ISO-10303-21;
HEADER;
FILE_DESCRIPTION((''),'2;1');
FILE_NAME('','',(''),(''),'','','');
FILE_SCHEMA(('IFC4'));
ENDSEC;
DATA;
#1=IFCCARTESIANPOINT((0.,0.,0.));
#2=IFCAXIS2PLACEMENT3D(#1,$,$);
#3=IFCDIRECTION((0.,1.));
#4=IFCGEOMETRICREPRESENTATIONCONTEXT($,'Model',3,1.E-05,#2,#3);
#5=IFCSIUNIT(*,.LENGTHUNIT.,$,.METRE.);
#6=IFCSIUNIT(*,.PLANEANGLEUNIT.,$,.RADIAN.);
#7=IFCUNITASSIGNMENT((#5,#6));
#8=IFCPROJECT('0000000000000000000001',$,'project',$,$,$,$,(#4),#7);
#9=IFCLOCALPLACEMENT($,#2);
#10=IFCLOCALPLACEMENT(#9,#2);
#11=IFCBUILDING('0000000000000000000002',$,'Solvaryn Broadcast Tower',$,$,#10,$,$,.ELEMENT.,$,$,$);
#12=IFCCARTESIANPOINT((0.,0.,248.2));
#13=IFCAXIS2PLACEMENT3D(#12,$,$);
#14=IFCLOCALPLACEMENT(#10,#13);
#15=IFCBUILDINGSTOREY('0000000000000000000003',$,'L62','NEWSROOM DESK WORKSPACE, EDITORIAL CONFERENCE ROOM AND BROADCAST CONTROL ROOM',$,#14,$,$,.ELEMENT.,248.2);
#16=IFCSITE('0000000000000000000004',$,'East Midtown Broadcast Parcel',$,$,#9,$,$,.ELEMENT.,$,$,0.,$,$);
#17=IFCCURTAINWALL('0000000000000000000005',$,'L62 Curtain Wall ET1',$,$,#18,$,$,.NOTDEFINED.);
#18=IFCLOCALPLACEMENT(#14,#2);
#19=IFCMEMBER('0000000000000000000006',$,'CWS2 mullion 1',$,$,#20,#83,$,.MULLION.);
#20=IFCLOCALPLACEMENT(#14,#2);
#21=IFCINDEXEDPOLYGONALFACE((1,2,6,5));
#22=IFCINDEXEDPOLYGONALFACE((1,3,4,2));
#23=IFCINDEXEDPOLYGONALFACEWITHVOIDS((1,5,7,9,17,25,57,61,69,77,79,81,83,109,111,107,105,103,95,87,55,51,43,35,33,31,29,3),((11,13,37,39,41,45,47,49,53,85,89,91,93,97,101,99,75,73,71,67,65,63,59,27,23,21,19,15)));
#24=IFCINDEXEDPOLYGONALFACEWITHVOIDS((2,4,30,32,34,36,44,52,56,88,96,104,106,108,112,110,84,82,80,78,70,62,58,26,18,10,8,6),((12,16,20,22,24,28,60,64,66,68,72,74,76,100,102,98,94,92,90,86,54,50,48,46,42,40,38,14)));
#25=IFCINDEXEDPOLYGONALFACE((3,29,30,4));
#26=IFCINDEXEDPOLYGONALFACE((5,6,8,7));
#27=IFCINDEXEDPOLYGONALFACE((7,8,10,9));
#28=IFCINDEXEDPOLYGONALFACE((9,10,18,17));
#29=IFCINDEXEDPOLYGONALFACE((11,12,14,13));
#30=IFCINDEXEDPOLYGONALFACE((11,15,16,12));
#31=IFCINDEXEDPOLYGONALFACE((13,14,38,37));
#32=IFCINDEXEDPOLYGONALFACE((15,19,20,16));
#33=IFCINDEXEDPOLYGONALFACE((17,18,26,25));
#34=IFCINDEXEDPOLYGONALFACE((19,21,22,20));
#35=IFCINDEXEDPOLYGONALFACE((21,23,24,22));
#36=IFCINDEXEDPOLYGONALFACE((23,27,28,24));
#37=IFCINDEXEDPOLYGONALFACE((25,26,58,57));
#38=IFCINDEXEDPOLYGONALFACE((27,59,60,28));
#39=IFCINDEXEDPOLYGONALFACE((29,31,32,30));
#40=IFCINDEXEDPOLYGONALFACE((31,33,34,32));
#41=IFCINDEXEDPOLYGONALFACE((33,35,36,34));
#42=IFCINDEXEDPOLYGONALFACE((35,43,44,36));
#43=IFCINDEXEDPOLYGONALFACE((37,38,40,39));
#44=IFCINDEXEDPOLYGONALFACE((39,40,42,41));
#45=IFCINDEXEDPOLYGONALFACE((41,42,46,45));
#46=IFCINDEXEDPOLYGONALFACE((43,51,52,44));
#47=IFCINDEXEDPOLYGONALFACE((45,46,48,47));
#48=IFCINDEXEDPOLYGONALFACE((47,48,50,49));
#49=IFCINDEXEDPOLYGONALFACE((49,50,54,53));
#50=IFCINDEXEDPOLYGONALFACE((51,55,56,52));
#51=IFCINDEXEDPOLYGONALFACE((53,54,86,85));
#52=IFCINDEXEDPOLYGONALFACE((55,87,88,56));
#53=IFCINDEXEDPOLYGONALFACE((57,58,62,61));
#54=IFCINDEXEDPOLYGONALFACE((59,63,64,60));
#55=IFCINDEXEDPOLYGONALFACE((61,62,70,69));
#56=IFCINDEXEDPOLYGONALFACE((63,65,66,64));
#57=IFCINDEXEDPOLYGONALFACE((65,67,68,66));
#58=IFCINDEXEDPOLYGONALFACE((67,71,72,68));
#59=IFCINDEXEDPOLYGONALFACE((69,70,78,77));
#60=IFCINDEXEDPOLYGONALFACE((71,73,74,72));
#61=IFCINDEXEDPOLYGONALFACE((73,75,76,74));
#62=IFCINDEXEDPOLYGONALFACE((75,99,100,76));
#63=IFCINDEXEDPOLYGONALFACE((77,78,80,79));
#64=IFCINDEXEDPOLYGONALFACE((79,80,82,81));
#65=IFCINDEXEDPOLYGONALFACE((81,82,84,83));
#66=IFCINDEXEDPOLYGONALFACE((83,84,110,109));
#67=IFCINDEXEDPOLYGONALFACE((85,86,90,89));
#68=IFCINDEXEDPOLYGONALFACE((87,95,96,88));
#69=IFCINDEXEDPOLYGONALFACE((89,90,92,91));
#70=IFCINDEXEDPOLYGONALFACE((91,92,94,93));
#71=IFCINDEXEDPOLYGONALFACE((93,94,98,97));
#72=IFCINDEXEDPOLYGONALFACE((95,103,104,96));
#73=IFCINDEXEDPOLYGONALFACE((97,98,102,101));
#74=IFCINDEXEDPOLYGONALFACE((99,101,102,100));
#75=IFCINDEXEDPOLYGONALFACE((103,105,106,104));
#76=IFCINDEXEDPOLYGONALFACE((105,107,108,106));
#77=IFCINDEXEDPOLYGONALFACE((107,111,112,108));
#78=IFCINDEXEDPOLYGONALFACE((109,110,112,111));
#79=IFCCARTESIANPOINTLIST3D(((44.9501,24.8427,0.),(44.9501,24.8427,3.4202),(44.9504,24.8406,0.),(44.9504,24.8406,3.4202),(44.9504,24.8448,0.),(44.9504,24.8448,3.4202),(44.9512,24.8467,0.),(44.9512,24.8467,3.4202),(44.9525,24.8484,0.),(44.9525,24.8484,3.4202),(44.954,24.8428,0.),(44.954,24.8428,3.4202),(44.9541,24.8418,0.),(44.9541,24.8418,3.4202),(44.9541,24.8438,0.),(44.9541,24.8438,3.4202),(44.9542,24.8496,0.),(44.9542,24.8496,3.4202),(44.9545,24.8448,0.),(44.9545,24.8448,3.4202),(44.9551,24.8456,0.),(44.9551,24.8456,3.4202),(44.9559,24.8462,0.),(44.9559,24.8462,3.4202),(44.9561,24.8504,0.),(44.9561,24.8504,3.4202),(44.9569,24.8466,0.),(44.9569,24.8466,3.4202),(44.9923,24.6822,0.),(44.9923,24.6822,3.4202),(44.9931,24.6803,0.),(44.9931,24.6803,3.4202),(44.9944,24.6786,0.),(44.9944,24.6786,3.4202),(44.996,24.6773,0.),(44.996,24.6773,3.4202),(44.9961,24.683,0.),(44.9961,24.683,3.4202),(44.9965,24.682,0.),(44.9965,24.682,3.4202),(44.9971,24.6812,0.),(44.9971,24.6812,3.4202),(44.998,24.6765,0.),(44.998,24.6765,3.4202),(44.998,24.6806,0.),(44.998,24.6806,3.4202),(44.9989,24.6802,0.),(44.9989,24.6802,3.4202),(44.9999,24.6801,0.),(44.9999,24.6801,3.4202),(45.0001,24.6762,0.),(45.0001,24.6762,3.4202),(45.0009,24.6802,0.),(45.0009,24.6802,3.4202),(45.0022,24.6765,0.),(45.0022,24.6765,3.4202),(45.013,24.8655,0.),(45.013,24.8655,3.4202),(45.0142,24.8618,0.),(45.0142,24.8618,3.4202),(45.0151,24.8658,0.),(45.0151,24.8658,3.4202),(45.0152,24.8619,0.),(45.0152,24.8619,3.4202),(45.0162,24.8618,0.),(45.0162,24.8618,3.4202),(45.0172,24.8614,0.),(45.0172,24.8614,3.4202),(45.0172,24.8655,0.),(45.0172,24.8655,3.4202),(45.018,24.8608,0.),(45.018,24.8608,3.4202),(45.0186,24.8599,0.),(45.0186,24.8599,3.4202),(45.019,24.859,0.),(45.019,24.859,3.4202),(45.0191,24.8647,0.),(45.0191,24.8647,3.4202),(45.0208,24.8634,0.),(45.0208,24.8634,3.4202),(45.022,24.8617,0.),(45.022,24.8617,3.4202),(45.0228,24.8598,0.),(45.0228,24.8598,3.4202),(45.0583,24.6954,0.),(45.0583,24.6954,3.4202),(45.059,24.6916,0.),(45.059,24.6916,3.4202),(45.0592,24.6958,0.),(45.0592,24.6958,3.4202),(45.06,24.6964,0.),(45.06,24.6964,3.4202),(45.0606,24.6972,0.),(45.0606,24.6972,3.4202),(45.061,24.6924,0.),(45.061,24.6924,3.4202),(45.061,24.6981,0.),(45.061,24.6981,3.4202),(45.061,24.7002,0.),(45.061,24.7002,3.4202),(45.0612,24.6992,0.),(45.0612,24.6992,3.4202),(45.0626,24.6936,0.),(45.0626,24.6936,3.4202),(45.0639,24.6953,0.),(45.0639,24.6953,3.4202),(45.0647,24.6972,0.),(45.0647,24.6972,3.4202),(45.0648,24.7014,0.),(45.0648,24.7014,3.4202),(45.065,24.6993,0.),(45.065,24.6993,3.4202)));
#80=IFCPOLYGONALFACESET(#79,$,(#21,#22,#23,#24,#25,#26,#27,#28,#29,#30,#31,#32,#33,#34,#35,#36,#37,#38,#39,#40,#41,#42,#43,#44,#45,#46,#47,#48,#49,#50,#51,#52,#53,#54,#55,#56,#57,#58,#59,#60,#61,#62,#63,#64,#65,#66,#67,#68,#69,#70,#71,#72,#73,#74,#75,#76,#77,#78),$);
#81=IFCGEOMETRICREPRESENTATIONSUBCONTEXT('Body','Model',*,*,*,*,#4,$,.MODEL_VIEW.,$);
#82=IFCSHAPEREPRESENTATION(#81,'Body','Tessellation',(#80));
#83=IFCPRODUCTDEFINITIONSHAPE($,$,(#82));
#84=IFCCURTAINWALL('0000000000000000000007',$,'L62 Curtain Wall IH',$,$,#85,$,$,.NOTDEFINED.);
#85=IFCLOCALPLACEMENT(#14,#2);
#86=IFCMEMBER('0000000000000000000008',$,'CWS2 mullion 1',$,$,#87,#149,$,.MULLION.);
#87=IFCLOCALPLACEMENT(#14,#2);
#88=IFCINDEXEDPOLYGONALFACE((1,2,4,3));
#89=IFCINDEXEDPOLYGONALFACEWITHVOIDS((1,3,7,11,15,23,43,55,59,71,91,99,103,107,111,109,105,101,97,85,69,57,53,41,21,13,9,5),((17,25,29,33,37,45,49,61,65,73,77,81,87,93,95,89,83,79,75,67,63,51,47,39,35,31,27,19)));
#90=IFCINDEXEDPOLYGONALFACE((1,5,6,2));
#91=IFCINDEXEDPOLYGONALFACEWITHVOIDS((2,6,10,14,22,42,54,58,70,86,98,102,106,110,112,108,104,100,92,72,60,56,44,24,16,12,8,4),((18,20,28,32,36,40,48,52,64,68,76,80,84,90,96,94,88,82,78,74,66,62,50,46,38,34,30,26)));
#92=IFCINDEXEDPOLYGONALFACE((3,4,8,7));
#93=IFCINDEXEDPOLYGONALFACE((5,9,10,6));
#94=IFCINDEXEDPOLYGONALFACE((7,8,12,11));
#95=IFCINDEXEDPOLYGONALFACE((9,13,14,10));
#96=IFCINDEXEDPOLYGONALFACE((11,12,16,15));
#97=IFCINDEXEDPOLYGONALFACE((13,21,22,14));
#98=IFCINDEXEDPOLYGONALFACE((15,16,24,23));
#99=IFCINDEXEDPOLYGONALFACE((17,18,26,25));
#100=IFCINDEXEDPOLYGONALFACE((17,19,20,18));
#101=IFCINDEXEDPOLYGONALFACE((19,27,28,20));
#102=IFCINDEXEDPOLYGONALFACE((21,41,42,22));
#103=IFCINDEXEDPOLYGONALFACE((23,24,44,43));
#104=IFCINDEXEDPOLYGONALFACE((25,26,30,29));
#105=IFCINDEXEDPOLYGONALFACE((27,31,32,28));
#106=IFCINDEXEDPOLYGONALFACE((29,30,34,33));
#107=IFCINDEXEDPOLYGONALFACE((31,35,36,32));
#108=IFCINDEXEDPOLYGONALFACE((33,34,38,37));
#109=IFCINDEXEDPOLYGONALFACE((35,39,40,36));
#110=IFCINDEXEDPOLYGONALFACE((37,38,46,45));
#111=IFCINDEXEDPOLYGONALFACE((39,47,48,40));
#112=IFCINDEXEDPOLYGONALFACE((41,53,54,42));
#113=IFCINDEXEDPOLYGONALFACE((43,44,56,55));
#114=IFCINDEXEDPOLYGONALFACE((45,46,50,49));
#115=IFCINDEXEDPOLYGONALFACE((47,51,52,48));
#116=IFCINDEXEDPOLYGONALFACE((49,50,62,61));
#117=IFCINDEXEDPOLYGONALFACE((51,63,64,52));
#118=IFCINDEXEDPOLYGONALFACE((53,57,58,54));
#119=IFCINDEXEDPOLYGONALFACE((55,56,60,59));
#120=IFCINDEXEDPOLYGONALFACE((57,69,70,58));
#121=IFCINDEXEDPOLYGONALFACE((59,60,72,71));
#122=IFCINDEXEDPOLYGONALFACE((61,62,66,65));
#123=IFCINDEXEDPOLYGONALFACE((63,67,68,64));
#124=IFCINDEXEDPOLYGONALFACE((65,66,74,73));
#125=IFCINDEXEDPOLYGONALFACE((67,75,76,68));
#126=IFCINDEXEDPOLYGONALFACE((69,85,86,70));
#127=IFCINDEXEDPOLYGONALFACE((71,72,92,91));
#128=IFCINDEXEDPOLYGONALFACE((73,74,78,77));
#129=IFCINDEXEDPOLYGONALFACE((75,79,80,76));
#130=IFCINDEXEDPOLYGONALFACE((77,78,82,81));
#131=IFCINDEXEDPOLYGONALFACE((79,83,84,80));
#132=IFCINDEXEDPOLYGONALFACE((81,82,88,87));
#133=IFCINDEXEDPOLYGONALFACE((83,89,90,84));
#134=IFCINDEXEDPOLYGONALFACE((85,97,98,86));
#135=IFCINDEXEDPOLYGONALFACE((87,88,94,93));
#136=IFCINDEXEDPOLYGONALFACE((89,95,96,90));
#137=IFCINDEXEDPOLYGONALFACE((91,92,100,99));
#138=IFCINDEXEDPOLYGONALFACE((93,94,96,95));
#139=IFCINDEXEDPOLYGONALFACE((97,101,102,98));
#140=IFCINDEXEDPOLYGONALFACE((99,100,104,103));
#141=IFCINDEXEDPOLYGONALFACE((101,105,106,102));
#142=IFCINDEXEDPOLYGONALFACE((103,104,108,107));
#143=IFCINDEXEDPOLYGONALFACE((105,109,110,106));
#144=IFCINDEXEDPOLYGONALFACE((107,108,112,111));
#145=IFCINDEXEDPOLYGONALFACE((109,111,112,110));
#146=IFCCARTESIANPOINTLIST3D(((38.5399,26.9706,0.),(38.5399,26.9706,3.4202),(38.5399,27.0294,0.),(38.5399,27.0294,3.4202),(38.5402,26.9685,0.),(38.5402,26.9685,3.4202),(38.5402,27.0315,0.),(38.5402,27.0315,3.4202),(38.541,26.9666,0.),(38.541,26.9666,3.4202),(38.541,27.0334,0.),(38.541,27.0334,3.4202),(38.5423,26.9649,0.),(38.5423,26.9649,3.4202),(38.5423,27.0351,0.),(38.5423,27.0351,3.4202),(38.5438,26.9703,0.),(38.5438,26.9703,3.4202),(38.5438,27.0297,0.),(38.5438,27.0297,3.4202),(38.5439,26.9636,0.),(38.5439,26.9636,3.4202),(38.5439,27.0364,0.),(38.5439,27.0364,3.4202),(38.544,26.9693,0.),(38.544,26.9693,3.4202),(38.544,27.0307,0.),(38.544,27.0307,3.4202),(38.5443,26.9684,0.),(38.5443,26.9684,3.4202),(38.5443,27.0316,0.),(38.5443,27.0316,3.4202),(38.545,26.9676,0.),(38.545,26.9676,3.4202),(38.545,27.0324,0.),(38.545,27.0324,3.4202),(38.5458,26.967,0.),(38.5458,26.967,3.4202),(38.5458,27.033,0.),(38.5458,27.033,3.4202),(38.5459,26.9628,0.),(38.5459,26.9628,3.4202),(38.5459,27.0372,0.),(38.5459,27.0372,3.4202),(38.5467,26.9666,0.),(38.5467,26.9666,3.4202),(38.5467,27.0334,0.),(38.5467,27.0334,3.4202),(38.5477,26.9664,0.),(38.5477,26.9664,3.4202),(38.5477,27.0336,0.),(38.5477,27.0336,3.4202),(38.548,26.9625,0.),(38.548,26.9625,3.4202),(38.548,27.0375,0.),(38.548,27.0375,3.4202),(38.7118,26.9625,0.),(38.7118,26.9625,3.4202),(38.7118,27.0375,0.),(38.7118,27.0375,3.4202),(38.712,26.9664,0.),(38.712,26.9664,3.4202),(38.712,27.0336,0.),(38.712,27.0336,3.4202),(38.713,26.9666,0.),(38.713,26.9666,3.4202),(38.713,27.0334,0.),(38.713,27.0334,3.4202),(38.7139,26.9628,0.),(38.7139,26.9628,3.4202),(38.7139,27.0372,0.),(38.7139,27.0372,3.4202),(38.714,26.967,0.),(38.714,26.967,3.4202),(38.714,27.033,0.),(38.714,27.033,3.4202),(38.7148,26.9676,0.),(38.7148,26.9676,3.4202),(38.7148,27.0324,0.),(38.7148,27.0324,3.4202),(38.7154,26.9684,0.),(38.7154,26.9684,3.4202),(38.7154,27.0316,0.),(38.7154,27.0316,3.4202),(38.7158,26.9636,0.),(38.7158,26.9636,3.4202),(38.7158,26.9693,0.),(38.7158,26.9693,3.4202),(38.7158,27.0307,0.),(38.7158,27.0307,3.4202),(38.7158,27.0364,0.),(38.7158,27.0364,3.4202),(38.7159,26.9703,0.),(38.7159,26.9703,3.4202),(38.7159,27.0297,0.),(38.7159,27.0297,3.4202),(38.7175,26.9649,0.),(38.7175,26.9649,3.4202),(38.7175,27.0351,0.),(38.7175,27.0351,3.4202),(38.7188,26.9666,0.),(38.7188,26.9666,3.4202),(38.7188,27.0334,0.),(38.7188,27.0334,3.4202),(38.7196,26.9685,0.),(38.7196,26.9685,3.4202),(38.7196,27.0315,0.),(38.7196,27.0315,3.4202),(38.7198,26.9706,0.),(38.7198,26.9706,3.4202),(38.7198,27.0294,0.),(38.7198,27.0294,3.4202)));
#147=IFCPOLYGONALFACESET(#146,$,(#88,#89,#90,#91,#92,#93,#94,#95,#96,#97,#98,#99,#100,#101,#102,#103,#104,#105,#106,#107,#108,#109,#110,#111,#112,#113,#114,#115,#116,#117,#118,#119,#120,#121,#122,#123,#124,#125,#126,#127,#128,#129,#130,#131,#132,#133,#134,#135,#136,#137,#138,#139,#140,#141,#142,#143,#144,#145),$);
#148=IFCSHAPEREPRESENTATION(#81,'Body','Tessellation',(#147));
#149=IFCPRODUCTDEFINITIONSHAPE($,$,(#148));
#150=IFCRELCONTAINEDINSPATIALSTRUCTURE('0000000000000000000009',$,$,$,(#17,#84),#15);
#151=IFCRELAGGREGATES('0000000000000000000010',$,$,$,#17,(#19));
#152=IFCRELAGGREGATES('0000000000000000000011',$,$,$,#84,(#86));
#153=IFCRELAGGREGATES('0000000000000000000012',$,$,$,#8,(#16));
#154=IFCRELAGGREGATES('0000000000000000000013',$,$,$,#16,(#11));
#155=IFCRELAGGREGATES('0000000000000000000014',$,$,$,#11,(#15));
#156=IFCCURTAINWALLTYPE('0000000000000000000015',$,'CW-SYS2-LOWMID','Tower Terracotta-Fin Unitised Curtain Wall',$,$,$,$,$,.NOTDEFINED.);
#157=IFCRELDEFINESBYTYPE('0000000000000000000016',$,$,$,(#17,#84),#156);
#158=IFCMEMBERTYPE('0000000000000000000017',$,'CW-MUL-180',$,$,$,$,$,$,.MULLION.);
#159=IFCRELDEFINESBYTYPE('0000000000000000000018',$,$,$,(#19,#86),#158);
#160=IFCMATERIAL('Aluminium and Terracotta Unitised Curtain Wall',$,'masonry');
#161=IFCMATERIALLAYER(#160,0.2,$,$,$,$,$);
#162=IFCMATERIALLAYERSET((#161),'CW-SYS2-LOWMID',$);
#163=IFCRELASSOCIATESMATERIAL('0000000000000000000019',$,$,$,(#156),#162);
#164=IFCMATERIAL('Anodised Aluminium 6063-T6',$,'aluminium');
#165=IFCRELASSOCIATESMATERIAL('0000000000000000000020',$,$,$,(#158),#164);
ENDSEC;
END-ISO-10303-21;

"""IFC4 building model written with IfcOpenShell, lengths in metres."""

from ifc_helpers import new_model, si_unit, direction, frame, origin, origin_2d, place, context, subcontext, project, spatial, hollow_rectangle, extrude, material, layer, layer_set, material_profile, profile_set, type_object, element, aggregate, save


model = new_model("IFC4")

# Units and contexts
model_context = context("Model", 3, precision=1e-05, world=origin(), true_north=direction((0.0, 1.0)))
body_context = subcontext(model_context, "Body", "Model", "MODEL_VIEW")
ifc_project = project(units=[si_unit("LENGTHUNIT", "METRE"), si_unit("PLANEANGLEUNIT", "RADIAN")], contexts=[model_context])

# Site, building, storey
site_placement = place(None, origin())
site = spatial("IfcSite", under=ifc_project, at=site_placement, Name="East Midtown Broadcast Parcel", CompositionType="ELEMENT", RefElevation=0.0)
building_placement = place(site_placement, origin())
building = spatial("IfcBuilding", under=site, at=building_placement, Name="Solvaryn Broadcast Tower", CompositionType="ELEMENT")
storey_placement = place(building_placement, frame((0.0, 0.0, 248.2)))
storey = spatial("IfcBuildingStorey", under=building, at=storey_placement, Name="L62", Description="NEWSROOM DESK WORKSPACE, EDITORIAL CONFERENCE ROOM AND BROADCAST CONTROL ROOM", CompositionType="ELEMENT", Elevation=248.2)

# Curtain wall, member
ifc_material_1 = material(Name="Aluminium and Terracotta Unitised Curtain Wall", Category="masonry")
ifc_layer_1 = layer(ifc_material_1, 0.2)
ifc_layer_set_1 = layer_set([ifc_layer_1], Name="CW-SYS2-LOWMID")
curtain_wall_type = type_object("IfcCurtainWallType", Name="CW-SYS2-LOWMID", Description="Tower Terracotta-Fin Unitised Curtain Wall", PredefinedType="NOTDEFINED", material=ifc_layer_set_1)
curtain_wall_1_placement = place(storey_placement, origin())
curtain_wall_1 = element("IfcCurtainWall", 1, at=curtain_wall_1_placement, inside=storey, type_object=curtain_wall_type, Name="L62 Curtain Wall ET1", PredefinedType="NOTDEFINED")
ifc_material_2 = material(Name="Anodised Aluminium 6063-T6", Category="aluminium")
ifc_material_profile_1 = material_profile(ifc_material_2, hollow_rectangle(XDim=0.075, YDim=0.1799, WallThickness=0.0039, InnerFilletRadius=0.0039, OuterFilletRadius=0.0081, at=origin_2d()))
ifc_profile_set_1 = profile_set([ifc_material_profile_1], Name="Anodised Aluminium 6063-T6")
member_type_1 = type_object("IfcMemberType", Name="CW-MUL-180", PredefinedType="MULLION", material=ifc_profile_set_1)
member_1_placement = place(storey_placement, frame((45.0076, 24.771, 0.0), z_axis=(0.0, 0.0, 1.0), x_axis=(0.966705, 0.255893, 0.0)))
member_1 = element("IfcMember", 2, at=member_1_placement, type_object=member_type_1, Name="CWS2 mullion 1", PredefinedType="MULLION", context=body_context, shape_type="SweptSolid", body=[
    extrude(hollow_rectangle(XDim=0.075, YDim=0.1799, WallThickness=0.0039, InnerFilletRadius=0.0039, OuterFilletRadius=0.0081, at=origin_2d()), origin(), (0.0, 0.0, 1.0), 3.4202),
])

# Curtain wall, member
curtain_wall_2_placement = place(storey_placement, origin())
curtain_wall_2 = element("IfcCurtainWall", 3, at=curtain_wall_2_placement, inside=storey, type_object=curtain_wall_type, Name="L62 Curtain Wall IH", PredefinedType="NOTDEFINED")
member_2_placement = place(storey_placement, frame((38.6299, 27.0, 0.0), z_axis=(0.0, 0.0, 1.0), x_axis=(0.0, 1.0, 0.0)))
member_2 = element("IfcMember", 4, at=member_2_placement, type_object=member_type_1, Name="CWS2 mullion 1", PredefinedType="MULLION", context=body_context, shape_type="SweptSolid", body=[
    extrude(hollow_rectangle(XDim=0.075, YDim=0.1799, WallThickness=0.0039, InnerFilletRadius=0.0039, OuterFilletRadius=0.0081, at=origin_2d()), origin(), (0.0, 0.0, 1.0), 3.4202),
])

aggregate(curtain_wall_1, [member_1])

aggregate(curtain_wall_2, [member_2])

save(model, "model.ifc")
